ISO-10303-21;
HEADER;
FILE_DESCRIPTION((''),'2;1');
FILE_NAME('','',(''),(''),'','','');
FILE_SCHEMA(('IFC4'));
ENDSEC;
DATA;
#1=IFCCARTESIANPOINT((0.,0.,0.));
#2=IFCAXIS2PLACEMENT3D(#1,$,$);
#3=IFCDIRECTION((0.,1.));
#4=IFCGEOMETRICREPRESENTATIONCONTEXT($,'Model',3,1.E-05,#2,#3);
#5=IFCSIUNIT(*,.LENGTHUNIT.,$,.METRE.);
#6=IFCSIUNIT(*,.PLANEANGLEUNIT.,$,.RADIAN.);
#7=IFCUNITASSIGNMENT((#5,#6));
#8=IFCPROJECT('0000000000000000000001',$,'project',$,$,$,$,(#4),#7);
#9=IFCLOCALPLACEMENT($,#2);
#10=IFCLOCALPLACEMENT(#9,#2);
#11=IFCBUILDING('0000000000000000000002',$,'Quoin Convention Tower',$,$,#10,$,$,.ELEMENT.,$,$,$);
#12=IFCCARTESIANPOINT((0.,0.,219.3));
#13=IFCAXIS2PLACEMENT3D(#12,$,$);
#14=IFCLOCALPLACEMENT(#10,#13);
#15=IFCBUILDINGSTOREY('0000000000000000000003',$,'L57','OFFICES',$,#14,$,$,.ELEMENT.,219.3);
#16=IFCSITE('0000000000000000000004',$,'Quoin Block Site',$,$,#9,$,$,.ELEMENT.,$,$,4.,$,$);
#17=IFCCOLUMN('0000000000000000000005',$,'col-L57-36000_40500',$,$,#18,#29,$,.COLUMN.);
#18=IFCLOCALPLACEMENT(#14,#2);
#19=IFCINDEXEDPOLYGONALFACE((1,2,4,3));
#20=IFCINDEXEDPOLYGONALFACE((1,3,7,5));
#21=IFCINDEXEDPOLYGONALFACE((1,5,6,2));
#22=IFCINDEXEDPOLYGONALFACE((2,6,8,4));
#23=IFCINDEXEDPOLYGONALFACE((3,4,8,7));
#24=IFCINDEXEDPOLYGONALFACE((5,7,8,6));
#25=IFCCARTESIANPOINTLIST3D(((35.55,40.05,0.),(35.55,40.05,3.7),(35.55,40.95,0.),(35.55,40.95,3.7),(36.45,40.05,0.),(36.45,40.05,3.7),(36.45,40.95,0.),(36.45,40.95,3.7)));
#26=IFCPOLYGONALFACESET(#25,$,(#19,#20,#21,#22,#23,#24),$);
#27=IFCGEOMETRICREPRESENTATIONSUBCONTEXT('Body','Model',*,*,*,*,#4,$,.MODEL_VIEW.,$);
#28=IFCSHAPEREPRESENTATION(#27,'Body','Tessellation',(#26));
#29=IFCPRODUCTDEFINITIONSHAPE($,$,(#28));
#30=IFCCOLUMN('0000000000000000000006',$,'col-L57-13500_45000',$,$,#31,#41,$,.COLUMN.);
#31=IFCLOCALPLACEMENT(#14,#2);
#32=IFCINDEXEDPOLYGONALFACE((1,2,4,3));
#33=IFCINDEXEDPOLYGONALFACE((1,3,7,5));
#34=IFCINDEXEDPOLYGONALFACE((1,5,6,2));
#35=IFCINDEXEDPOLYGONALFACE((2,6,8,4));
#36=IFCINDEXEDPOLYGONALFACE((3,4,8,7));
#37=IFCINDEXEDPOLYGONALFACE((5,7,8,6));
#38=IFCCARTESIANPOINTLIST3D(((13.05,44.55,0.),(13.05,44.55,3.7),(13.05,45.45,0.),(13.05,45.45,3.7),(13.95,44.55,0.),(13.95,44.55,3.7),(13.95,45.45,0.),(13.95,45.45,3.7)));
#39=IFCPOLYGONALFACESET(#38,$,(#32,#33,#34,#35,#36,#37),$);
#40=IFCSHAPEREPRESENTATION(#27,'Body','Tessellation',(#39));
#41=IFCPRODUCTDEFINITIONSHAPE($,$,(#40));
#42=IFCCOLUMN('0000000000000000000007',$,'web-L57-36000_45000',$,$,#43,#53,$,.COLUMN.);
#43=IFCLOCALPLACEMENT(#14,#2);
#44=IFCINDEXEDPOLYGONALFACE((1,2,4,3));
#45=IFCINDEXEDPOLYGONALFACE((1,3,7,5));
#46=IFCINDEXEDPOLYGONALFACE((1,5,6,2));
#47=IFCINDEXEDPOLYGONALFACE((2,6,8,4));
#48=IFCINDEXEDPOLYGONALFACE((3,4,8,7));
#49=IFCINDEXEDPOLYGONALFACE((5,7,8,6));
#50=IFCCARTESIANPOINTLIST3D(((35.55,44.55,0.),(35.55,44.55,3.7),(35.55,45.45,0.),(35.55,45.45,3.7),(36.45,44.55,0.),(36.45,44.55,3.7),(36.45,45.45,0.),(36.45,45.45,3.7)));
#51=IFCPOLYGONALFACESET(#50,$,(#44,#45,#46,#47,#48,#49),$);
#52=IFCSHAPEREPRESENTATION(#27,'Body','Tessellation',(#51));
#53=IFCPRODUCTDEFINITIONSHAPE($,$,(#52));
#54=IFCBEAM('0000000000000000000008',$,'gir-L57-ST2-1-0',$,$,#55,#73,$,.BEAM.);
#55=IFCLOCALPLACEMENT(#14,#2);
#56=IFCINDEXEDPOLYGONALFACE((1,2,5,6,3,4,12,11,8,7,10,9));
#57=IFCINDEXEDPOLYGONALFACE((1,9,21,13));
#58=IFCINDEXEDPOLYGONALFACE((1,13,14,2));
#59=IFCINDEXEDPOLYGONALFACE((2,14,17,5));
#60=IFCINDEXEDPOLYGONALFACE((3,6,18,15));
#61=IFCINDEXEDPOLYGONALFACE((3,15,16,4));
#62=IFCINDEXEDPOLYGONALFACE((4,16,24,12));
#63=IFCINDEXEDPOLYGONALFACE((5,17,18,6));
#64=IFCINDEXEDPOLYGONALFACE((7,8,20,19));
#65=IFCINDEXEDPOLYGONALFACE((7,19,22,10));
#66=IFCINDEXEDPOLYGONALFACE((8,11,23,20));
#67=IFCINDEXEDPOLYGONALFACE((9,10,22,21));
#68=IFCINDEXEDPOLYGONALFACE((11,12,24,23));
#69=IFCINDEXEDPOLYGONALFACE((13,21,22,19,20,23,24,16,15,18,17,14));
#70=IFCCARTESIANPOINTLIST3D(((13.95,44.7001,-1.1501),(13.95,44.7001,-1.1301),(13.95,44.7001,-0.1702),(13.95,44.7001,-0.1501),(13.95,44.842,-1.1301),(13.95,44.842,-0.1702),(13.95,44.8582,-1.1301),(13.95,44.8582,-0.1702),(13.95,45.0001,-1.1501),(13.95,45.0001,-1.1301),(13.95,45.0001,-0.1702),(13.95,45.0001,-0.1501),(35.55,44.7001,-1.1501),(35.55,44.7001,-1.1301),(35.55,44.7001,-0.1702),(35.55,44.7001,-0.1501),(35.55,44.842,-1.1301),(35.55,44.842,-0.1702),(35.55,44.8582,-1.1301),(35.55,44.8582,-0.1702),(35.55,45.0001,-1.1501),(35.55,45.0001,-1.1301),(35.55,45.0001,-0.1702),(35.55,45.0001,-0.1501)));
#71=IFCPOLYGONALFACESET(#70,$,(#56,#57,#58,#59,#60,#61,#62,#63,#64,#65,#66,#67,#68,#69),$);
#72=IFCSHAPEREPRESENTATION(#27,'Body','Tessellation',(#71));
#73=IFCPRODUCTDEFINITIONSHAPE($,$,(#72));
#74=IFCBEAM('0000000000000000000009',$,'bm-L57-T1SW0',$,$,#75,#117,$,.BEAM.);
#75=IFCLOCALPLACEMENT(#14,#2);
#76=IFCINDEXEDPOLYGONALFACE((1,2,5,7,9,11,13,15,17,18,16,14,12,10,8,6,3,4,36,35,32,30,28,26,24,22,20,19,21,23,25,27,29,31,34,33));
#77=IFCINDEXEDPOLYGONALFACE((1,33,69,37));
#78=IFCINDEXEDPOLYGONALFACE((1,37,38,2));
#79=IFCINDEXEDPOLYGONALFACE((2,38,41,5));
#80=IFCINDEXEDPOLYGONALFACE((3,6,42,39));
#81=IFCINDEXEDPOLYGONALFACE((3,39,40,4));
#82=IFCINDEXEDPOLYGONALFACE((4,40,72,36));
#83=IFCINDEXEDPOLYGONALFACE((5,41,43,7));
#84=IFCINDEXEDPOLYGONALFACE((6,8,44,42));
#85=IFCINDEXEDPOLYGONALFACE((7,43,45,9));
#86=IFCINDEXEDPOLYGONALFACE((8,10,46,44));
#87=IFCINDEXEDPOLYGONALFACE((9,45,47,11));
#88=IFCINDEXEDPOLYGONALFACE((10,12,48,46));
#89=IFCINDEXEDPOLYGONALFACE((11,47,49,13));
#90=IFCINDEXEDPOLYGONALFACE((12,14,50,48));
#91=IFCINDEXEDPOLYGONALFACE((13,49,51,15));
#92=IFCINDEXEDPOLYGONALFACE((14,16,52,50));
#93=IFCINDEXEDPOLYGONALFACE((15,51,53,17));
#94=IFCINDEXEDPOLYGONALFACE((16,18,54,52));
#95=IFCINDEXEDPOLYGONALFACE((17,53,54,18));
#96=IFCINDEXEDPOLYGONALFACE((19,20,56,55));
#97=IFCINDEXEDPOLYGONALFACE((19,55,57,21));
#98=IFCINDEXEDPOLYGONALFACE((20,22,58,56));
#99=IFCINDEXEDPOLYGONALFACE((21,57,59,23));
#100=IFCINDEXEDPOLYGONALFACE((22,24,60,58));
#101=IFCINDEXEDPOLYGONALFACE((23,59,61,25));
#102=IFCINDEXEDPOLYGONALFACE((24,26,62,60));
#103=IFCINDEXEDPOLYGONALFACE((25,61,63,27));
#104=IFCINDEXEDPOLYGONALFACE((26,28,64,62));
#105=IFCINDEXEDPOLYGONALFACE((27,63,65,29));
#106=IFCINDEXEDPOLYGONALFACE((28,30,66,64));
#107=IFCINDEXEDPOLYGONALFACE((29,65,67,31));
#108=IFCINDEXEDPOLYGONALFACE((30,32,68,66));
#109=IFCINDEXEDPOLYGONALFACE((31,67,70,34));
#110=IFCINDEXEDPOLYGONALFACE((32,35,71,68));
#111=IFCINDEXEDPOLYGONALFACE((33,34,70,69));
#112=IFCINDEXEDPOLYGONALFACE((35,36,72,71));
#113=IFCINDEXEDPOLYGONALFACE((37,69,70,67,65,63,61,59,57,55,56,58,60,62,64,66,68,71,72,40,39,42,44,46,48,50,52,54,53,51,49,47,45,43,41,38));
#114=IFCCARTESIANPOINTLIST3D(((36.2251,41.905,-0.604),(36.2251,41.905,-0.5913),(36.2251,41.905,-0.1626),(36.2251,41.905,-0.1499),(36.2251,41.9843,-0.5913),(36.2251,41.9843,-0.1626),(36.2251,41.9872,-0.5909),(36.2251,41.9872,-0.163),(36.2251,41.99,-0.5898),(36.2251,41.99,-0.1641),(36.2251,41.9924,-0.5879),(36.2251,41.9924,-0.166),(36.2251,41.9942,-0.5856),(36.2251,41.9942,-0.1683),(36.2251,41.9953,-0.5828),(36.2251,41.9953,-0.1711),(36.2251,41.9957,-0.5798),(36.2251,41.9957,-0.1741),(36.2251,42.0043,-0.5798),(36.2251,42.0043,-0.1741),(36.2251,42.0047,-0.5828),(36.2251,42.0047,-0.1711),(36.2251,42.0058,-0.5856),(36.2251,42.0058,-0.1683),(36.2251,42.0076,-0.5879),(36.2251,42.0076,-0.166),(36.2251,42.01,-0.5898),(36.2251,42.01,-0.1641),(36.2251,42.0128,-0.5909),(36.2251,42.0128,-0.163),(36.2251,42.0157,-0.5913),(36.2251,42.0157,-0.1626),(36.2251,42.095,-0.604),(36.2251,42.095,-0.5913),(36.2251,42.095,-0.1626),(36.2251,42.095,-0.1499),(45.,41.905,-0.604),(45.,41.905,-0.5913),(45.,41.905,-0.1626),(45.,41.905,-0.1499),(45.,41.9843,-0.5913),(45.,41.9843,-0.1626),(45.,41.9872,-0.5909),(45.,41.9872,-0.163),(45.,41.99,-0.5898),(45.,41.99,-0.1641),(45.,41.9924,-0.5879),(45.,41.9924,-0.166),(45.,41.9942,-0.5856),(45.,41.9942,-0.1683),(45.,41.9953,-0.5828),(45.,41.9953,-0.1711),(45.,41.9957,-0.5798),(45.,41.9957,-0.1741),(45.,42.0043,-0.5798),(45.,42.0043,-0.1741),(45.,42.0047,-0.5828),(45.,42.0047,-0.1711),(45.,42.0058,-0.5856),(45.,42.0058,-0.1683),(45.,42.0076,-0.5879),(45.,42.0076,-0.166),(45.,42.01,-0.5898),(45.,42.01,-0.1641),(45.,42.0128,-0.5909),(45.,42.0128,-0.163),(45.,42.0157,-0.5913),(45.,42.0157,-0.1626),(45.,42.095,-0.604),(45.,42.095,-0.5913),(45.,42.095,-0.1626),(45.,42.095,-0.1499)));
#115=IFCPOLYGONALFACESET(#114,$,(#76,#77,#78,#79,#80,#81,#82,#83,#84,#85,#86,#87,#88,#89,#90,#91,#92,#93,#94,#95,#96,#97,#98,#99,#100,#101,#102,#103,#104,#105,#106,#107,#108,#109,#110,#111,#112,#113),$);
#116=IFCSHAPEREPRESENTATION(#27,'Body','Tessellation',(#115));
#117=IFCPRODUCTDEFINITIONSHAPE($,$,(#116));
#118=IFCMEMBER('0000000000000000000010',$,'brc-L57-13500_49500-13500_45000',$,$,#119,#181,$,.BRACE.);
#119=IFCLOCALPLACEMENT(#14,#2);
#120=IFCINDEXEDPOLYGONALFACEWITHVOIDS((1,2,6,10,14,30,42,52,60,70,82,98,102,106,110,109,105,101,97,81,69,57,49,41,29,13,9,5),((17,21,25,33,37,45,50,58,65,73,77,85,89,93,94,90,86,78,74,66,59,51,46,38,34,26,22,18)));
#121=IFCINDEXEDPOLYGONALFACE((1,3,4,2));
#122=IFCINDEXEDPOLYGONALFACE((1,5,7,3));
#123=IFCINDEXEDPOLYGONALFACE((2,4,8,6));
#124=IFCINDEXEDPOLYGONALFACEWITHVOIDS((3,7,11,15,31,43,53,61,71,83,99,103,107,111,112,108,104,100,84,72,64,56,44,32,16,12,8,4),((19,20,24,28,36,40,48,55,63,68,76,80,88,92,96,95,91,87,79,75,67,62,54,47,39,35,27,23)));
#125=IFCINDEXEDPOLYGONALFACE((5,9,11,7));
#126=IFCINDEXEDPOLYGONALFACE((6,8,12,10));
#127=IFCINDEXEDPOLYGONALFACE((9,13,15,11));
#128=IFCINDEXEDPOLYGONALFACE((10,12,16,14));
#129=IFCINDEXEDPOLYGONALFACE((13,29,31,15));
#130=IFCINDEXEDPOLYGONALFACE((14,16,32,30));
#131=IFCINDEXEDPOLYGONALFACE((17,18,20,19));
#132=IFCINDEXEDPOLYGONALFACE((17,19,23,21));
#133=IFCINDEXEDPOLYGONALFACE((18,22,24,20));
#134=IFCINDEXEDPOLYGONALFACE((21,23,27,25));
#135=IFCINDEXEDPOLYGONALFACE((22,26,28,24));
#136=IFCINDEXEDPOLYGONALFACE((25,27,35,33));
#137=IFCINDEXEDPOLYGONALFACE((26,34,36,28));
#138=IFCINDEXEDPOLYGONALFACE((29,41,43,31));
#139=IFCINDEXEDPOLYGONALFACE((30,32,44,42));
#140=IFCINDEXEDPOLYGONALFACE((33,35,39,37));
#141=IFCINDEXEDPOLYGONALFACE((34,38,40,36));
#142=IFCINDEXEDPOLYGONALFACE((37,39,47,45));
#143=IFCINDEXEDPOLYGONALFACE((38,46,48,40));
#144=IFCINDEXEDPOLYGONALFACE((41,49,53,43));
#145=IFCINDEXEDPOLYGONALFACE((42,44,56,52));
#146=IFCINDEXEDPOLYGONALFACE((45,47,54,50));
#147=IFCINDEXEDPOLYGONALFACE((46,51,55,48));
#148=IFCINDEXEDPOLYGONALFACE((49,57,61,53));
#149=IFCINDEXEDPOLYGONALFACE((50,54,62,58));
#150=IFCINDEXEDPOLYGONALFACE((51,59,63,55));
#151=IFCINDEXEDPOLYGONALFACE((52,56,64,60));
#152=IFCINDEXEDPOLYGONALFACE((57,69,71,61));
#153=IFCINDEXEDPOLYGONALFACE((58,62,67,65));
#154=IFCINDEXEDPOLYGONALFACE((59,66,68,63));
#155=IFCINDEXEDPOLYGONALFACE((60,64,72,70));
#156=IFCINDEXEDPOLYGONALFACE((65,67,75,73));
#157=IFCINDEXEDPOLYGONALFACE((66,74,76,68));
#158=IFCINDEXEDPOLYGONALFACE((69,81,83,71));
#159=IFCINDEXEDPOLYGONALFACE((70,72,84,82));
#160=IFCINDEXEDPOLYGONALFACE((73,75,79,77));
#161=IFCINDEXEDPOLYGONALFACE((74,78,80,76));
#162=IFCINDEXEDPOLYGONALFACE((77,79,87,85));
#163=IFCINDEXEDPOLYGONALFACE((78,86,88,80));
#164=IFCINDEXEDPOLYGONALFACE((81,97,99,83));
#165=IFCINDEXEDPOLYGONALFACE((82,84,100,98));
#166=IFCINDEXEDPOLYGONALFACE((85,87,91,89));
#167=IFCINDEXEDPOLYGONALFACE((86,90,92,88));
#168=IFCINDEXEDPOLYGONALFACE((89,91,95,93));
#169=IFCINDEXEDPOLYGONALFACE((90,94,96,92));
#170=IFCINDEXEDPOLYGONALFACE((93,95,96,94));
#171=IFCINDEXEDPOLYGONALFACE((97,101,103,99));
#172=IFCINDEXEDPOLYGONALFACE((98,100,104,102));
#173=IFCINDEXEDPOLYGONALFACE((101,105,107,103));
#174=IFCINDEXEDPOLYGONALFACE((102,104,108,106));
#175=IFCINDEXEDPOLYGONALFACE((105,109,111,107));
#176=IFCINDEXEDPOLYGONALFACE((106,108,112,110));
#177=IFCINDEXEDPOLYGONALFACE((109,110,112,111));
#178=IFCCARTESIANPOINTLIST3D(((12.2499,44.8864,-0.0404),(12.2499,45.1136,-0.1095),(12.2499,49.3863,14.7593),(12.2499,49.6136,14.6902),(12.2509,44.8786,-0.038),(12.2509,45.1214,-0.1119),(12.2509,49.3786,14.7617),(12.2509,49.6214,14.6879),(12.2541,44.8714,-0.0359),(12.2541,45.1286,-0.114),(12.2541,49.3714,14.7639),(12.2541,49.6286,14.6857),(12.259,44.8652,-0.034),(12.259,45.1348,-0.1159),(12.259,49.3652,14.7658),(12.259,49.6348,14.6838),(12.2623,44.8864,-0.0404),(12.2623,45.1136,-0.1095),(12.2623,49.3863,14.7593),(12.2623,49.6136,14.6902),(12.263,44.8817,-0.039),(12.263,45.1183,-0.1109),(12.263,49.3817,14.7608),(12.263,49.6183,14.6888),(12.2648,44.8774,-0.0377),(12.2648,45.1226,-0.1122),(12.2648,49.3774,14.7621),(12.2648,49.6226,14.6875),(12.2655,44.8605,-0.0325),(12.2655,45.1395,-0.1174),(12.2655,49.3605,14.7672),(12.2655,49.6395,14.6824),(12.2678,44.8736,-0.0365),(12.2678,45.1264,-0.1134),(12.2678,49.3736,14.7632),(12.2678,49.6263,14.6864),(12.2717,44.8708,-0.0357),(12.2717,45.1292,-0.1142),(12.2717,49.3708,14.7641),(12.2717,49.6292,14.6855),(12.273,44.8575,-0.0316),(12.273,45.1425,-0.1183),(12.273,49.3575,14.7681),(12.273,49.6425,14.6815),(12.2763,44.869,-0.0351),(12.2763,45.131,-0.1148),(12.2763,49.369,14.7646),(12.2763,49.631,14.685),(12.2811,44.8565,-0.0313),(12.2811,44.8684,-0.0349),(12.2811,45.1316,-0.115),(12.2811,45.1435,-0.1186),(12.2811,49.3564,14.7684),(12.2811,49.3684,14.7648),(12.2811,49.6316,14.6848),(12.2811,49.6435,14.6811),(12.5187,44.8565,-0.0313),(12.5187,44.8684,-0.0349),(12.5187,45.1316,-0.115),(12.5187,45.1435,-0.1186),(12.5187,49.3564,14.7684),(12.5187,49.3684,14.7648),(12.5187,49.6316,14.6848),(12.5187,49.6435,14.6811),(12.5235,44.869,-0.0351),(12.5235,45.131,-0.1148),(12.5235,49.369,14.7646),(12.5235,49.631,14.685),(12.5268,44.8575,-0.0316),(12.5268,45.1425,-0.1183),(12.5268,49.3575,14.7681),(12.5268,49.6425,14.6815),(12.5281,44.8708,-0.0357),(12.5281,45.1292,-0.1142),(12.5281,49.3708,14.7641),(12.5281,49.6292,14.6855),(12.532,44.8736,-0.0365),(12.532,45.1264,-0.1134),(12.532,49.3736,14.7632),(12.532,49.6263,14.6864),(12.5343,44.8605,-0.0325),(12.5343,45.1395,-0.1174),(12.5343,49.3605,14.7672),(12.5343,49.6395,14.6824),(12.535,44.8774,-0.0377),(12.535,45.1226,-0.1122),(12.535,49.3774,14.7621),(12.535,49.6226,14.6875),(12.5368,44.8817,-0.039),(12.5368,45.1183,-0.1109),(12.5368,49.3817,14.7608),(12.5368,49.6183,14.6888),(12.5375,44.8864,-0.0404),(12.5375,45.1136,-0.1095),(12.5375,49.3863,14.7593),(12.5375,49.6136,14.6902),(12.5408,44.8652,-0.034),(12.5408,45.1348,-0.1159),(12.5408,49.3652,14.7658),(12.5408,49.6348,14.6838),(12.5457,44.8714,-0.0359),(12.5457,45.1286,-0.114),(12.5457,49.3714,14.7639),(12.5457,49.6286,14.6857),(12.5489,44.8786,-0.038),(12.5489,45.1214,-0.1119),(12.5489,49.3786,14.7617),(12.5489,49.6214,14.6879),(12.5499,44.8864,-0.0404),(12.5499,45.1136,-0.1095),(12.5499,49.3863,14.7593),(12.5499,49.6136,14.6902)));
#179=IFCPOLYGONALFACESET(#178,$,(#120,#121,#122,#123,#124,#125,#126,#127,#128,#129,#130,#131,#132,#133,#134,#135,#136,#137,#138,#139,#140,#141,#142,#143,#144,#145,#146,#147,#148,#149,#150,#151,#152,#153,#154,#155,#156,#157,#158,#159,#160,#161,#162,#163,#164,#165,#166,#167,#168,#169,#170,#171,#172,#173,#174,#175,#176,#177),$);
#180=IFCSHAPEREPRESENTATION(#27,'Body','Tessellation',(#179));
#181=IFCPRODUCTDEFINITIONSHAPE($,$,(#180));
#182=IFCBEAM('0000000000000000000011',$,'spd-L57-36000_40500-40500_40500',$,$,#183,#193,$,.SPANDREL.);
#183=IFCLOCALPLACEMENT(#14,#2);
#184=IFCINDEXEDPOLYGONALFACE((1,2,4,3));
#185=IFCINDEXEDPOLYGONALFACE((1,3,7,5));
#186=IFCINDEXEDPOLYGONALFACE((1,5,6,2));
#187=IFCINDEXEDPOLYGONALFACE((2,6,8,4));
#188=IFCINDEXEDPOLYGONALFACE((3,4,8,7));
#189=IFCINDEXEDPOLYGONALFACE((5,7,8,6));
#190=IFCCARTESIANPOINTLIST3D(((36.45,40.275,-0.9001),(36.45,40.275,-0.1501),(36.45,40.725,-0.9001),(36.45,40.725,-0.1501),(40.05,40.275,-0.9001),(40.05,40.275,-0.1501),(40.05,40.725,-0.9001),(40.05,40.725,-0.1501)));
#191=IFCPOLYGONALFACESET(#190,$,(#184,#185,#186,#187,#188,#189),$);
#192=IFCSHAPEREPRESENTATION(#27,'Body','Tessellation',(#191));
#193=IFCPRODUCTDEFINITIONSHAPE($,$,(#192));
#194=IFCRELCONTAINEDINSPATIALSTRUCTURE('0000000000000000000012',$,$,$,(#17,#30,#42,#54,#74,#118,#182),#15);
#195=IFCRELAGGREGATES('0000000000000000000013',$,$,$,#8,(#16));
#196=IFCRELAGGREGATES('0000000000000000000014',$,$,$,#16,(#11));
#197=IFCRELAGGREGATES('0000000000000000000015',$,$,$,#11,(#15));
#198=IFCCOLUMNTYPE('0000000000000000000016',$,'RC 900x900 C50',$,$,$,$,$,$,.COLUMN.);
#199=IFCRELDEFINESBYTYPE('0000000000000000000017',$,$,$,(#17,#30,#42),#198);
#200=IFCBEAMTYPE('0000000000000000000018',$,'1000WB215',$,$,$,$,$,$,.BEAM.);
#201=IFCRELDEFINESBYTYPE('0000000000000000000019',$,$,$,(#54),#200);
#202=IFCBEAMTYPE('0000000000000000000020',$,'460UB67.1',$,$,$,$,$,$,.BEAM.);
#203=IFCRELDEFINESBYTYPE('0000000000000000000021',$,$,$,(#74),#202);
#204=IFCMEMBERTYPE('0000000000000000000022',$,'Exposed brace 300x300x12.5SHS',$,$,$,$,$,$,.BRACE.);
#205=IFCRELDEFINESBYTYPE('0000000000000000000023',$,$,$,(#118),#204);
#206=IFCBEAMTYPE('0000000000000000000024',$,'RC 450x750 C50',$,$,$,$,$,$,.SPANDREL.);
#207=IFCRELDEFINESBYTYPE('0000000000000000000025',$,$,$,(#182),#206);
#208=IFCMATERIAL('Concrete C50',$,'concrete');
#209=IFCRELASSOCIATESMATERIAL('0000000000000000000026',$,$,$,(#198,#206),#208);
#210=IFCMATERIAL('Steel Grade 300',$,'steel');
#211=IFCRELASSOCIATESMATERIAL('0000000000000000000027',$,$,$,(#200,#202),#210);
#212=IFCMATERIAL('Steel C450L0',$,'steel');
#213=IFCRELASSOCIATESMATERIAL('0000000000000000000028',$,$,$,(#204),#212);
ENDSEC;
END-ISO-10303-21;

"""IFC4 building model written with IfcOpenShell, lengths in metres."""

from ifc_helpers import new_model, si_unit, direction, frame, origin, origin_2d, place, context, subcontext, project, spatial, rectangle, hollow_rectangle, i_section, extrude, material, material_profile, profile_set, type_object, element, save


model = new_model("IFC4")

# Units and contexts
model_context = context("Model", 3, precision=1e-05, world=origin(), true_north=direction((0.0, 1.0)))
body_context = subcontext(model_context, "Body", "Model", "MODEL_VIEW")
ifc_project = project(units=[si_unit("LENGTHUNIT", "METRE"), si_unit("PLANEANGLEUNIT", "RADIAN")], contexts=[model_context])

# Site, building, storey
site_placement = place(None, origin())
site = spatial("IfcSite", under=ifc_project, at=site_placement, Name="Quoin Block Site", CompositionType="ELEMENT", RefElevation=4.0)
building_placement = place(site_placement, origin())
building = spatial("IfcBuilding", under=site, at=building_placement, Name="Quoin Convention Tower", CompositionType="ELEMENT")
storey_placement = place(building_placement, frame((0.0, 0.0, 219.3)))
storey = spatial("IfcBuildingStorey", under=building, at=storey_placement, Name="L57", Description="OFFICES", CompositionType="ELEMENT", Elevation=219.3)

# Columns
ifc_material_1 = material(Name="Concrete C50", Category="concrete")
ifc_material_profile_1 = material_profile(ifc_material_1, rectangle(XDim=0.8999, YDim=0.8999, at=origin_2d()), Name="RC 900x900")
ifc_profile_set_1 = profile_set([ifc_material_profile_1], Name="Concrete C50")
column_type = type_object("IfcColumnType", Name="RC 900x900 C50", PredefinedType="COLUMN", material=ifc_profile_set_1)
for number, where, z_axis, x_axis, name in (
    (1, (36.0, 40.5, 0.0), (0.0, 0.0, 1.0), (1.0, 0.0, 0.0), "col-L57-36000_40500"),
    (2, (13.5, 45.0, 0.0), (0.0, 0.0, 1.0), (1.0, 0.0, 0.0), "col-L57-13500_45000"),
    (3, (36.0, 45.0, 0.0), (0.0, 0.0, 1.0), (1.0, 0.0, 0.0), "web-L57-36000_45000"),
):
    element("IfcColumn", number, at=place(storey_placement, frame(where, z_axis=z_axis, x_axis=x_axis)), inside=storey, type_object=column_type, Name=name, PredefinedType="COLUMN", context=body_context, shape_type="SweptSolid", body=[
        extrude(rectangle(XDim=0.8999, YDim=0.8999, at=origin_2d()), origin(), (0.0, 0.0, 1.0), 3.7),
    ])

# Beams
ifc_material_2 = material(Name="Steel Grade 300", Category="steel")
ifc_material_profile_2 = material_profile(ifc_material_2, i_section(OverallWidth=0.3, OverallDepth=1.0, WebThickness=0.0161, FlangeThickness=0.02, at=origin_2d()), Name="1000WB215")
ifc_profile_set_2 = profile_set([ifc_material_profile_2], Name="Steel Grade 300")
beam_type_1 = type_object("IfcBeamType", Name="1000WB215", PredefinedType="BEAM", material=ifc_profile_set_2)
beam_1_placement = place(storey_placement, frame((13.95, 44.8501, -0.6501), z_axis=(1.0, 0.0, 0.0), x_axis=(0.0, 1.0, 0.0)))
element("IfcBeam", 4, at=beam_1_placement, inside=storey, type_object=beam_type_1, Name="gir-L57-ST2-1-0", PredefinedType="BEAM", context=body_context, shape_type="SweptSolid", body=[
    extrude(i_section(OverallWidth=0.3, OverallDepth=1.0, WebThickness=0.0161, FlangeThickness=0.02, at=origin_2d()), origin(), (0.0, 0.0, 1.0), 21.6001),
])
ifc_material_profile_3 = material_profile(ifc_material_2, i_section(OverallWidth=0.1899, OverallDepth=0.4541, WebThickness=0.0085, FlangeThickness=0.0127, FilletRadius=0.0115, at=origin_2d()), Name="460UB67.1")
ifc_profile_set_3 = profile_set([ifc_material_profile_3], Name="Steel Grade 300")
beam_type_2 = type_object("IfcBeamType", Name="460UB67.1", PredefinedType="BEAM", material=ifc_profile_set_3)
beam_2_placement = place(storey_placement, frame((36.2251, 42.0, -0.377), z_axis=(1.0, 0.0, 0.0), x_axis=(0.0, 1.0, 0.0)))
element("IfcBeam", 5, at=beam_2_placement, inside=storey, type_object=beam_type_2, Name="bm-L57-T1SW0", PredefinedType="BEAM", context=body_context, shape_type="SweptSolid", body=[
    extrude(i_section(OverallWidth=0.1899, OverallDepth=0.4541, WebThickness=0.0085, FlangeThickness=0.0127, FilletRadius=0.0115, at=origin_2d()), origin(), (0.0, 0.0, 1.0), 8.7749),
])

# Member
ifc_material_3 = material(Name="Steel C450L0", Category="steel")
ifc_material_profile_4 = material_profile(ifc_material_3, hollow_rectangle(XDim=0.3, YDim=0.3, WallThickness=0.0125, InnerFilletRadius=0.0188, OuterFilletRadius=0.0312, at=origin_2d()), Name="300x300x12.5SHS")
ifc_profile_set_4 = profile_set([ifc_material_profile_4], Name="Steel C450L0")
member_type = type_object("IfcMemberType", Name="Exposed brace 300x300x12.5SHS", PredefinedType="BRACE", material=ifc_profile_set_4)
member_placement = place(storey_placement, frame((12.3999, 45.0, -0.075), z_axis=(0.0, 0.290908, 0.956751), x_axis=(-1.0, 0.0, 0.0)))
element("IfcMember", 6, at=member_placement, inside=storey, type_object=member_type, Name="brc-L57-13500_49500-13500_45000", PredefinedType="BRACE", context=body_context, shape_type="SweptSolid", body=[
    extrude(hollow_rectangle(XDim=0.3, YDim=0.3, WallThickness=0.0125, InnerFilletRadius=0.0188, OuterFilletRadius=0.0312, at=origin_2d()), origin(), (0.0, 0.0, 1.0), 15.4688),
])

# Beam
ifc_material_profile_5 = material_profile(ifc_material_1, rectangle(XDim=0.45, YDim=0.75, at=origin_2d()), Name="RC 450x750")
ifc_profile_set_5 = profile_set([ifc_material_profile_5], Name="Concrete C50")
beam_type_3 = type_object("IfcBeamType", Name="RC 450x750 C50", PredefinedType="SPANDREL", material=ifc_profile_set_5)
beam_3_placement = place(storey_placement, frame((36.45, 40.5, -0.5251), z_axis=(1.0, 0.0, 0.0), x_axis=(0.0, 1.0, 0.0)))
element("IfcBeam", 7, at=beam_3_placement, inside=storey, type_object=beam_type_3, Name="spd-L57-36000_40500-40500_40500", PredefinedType="SPANDREL", context=body_context, shape_type="SweptSolid", body=[
    extrude(rectangle(XDim=0.45, YDim=0.75, at=origin_2d()), origin(), (0.0, 0.0, 1.0), 3.6001),
])

save(model, "model.ifc")
